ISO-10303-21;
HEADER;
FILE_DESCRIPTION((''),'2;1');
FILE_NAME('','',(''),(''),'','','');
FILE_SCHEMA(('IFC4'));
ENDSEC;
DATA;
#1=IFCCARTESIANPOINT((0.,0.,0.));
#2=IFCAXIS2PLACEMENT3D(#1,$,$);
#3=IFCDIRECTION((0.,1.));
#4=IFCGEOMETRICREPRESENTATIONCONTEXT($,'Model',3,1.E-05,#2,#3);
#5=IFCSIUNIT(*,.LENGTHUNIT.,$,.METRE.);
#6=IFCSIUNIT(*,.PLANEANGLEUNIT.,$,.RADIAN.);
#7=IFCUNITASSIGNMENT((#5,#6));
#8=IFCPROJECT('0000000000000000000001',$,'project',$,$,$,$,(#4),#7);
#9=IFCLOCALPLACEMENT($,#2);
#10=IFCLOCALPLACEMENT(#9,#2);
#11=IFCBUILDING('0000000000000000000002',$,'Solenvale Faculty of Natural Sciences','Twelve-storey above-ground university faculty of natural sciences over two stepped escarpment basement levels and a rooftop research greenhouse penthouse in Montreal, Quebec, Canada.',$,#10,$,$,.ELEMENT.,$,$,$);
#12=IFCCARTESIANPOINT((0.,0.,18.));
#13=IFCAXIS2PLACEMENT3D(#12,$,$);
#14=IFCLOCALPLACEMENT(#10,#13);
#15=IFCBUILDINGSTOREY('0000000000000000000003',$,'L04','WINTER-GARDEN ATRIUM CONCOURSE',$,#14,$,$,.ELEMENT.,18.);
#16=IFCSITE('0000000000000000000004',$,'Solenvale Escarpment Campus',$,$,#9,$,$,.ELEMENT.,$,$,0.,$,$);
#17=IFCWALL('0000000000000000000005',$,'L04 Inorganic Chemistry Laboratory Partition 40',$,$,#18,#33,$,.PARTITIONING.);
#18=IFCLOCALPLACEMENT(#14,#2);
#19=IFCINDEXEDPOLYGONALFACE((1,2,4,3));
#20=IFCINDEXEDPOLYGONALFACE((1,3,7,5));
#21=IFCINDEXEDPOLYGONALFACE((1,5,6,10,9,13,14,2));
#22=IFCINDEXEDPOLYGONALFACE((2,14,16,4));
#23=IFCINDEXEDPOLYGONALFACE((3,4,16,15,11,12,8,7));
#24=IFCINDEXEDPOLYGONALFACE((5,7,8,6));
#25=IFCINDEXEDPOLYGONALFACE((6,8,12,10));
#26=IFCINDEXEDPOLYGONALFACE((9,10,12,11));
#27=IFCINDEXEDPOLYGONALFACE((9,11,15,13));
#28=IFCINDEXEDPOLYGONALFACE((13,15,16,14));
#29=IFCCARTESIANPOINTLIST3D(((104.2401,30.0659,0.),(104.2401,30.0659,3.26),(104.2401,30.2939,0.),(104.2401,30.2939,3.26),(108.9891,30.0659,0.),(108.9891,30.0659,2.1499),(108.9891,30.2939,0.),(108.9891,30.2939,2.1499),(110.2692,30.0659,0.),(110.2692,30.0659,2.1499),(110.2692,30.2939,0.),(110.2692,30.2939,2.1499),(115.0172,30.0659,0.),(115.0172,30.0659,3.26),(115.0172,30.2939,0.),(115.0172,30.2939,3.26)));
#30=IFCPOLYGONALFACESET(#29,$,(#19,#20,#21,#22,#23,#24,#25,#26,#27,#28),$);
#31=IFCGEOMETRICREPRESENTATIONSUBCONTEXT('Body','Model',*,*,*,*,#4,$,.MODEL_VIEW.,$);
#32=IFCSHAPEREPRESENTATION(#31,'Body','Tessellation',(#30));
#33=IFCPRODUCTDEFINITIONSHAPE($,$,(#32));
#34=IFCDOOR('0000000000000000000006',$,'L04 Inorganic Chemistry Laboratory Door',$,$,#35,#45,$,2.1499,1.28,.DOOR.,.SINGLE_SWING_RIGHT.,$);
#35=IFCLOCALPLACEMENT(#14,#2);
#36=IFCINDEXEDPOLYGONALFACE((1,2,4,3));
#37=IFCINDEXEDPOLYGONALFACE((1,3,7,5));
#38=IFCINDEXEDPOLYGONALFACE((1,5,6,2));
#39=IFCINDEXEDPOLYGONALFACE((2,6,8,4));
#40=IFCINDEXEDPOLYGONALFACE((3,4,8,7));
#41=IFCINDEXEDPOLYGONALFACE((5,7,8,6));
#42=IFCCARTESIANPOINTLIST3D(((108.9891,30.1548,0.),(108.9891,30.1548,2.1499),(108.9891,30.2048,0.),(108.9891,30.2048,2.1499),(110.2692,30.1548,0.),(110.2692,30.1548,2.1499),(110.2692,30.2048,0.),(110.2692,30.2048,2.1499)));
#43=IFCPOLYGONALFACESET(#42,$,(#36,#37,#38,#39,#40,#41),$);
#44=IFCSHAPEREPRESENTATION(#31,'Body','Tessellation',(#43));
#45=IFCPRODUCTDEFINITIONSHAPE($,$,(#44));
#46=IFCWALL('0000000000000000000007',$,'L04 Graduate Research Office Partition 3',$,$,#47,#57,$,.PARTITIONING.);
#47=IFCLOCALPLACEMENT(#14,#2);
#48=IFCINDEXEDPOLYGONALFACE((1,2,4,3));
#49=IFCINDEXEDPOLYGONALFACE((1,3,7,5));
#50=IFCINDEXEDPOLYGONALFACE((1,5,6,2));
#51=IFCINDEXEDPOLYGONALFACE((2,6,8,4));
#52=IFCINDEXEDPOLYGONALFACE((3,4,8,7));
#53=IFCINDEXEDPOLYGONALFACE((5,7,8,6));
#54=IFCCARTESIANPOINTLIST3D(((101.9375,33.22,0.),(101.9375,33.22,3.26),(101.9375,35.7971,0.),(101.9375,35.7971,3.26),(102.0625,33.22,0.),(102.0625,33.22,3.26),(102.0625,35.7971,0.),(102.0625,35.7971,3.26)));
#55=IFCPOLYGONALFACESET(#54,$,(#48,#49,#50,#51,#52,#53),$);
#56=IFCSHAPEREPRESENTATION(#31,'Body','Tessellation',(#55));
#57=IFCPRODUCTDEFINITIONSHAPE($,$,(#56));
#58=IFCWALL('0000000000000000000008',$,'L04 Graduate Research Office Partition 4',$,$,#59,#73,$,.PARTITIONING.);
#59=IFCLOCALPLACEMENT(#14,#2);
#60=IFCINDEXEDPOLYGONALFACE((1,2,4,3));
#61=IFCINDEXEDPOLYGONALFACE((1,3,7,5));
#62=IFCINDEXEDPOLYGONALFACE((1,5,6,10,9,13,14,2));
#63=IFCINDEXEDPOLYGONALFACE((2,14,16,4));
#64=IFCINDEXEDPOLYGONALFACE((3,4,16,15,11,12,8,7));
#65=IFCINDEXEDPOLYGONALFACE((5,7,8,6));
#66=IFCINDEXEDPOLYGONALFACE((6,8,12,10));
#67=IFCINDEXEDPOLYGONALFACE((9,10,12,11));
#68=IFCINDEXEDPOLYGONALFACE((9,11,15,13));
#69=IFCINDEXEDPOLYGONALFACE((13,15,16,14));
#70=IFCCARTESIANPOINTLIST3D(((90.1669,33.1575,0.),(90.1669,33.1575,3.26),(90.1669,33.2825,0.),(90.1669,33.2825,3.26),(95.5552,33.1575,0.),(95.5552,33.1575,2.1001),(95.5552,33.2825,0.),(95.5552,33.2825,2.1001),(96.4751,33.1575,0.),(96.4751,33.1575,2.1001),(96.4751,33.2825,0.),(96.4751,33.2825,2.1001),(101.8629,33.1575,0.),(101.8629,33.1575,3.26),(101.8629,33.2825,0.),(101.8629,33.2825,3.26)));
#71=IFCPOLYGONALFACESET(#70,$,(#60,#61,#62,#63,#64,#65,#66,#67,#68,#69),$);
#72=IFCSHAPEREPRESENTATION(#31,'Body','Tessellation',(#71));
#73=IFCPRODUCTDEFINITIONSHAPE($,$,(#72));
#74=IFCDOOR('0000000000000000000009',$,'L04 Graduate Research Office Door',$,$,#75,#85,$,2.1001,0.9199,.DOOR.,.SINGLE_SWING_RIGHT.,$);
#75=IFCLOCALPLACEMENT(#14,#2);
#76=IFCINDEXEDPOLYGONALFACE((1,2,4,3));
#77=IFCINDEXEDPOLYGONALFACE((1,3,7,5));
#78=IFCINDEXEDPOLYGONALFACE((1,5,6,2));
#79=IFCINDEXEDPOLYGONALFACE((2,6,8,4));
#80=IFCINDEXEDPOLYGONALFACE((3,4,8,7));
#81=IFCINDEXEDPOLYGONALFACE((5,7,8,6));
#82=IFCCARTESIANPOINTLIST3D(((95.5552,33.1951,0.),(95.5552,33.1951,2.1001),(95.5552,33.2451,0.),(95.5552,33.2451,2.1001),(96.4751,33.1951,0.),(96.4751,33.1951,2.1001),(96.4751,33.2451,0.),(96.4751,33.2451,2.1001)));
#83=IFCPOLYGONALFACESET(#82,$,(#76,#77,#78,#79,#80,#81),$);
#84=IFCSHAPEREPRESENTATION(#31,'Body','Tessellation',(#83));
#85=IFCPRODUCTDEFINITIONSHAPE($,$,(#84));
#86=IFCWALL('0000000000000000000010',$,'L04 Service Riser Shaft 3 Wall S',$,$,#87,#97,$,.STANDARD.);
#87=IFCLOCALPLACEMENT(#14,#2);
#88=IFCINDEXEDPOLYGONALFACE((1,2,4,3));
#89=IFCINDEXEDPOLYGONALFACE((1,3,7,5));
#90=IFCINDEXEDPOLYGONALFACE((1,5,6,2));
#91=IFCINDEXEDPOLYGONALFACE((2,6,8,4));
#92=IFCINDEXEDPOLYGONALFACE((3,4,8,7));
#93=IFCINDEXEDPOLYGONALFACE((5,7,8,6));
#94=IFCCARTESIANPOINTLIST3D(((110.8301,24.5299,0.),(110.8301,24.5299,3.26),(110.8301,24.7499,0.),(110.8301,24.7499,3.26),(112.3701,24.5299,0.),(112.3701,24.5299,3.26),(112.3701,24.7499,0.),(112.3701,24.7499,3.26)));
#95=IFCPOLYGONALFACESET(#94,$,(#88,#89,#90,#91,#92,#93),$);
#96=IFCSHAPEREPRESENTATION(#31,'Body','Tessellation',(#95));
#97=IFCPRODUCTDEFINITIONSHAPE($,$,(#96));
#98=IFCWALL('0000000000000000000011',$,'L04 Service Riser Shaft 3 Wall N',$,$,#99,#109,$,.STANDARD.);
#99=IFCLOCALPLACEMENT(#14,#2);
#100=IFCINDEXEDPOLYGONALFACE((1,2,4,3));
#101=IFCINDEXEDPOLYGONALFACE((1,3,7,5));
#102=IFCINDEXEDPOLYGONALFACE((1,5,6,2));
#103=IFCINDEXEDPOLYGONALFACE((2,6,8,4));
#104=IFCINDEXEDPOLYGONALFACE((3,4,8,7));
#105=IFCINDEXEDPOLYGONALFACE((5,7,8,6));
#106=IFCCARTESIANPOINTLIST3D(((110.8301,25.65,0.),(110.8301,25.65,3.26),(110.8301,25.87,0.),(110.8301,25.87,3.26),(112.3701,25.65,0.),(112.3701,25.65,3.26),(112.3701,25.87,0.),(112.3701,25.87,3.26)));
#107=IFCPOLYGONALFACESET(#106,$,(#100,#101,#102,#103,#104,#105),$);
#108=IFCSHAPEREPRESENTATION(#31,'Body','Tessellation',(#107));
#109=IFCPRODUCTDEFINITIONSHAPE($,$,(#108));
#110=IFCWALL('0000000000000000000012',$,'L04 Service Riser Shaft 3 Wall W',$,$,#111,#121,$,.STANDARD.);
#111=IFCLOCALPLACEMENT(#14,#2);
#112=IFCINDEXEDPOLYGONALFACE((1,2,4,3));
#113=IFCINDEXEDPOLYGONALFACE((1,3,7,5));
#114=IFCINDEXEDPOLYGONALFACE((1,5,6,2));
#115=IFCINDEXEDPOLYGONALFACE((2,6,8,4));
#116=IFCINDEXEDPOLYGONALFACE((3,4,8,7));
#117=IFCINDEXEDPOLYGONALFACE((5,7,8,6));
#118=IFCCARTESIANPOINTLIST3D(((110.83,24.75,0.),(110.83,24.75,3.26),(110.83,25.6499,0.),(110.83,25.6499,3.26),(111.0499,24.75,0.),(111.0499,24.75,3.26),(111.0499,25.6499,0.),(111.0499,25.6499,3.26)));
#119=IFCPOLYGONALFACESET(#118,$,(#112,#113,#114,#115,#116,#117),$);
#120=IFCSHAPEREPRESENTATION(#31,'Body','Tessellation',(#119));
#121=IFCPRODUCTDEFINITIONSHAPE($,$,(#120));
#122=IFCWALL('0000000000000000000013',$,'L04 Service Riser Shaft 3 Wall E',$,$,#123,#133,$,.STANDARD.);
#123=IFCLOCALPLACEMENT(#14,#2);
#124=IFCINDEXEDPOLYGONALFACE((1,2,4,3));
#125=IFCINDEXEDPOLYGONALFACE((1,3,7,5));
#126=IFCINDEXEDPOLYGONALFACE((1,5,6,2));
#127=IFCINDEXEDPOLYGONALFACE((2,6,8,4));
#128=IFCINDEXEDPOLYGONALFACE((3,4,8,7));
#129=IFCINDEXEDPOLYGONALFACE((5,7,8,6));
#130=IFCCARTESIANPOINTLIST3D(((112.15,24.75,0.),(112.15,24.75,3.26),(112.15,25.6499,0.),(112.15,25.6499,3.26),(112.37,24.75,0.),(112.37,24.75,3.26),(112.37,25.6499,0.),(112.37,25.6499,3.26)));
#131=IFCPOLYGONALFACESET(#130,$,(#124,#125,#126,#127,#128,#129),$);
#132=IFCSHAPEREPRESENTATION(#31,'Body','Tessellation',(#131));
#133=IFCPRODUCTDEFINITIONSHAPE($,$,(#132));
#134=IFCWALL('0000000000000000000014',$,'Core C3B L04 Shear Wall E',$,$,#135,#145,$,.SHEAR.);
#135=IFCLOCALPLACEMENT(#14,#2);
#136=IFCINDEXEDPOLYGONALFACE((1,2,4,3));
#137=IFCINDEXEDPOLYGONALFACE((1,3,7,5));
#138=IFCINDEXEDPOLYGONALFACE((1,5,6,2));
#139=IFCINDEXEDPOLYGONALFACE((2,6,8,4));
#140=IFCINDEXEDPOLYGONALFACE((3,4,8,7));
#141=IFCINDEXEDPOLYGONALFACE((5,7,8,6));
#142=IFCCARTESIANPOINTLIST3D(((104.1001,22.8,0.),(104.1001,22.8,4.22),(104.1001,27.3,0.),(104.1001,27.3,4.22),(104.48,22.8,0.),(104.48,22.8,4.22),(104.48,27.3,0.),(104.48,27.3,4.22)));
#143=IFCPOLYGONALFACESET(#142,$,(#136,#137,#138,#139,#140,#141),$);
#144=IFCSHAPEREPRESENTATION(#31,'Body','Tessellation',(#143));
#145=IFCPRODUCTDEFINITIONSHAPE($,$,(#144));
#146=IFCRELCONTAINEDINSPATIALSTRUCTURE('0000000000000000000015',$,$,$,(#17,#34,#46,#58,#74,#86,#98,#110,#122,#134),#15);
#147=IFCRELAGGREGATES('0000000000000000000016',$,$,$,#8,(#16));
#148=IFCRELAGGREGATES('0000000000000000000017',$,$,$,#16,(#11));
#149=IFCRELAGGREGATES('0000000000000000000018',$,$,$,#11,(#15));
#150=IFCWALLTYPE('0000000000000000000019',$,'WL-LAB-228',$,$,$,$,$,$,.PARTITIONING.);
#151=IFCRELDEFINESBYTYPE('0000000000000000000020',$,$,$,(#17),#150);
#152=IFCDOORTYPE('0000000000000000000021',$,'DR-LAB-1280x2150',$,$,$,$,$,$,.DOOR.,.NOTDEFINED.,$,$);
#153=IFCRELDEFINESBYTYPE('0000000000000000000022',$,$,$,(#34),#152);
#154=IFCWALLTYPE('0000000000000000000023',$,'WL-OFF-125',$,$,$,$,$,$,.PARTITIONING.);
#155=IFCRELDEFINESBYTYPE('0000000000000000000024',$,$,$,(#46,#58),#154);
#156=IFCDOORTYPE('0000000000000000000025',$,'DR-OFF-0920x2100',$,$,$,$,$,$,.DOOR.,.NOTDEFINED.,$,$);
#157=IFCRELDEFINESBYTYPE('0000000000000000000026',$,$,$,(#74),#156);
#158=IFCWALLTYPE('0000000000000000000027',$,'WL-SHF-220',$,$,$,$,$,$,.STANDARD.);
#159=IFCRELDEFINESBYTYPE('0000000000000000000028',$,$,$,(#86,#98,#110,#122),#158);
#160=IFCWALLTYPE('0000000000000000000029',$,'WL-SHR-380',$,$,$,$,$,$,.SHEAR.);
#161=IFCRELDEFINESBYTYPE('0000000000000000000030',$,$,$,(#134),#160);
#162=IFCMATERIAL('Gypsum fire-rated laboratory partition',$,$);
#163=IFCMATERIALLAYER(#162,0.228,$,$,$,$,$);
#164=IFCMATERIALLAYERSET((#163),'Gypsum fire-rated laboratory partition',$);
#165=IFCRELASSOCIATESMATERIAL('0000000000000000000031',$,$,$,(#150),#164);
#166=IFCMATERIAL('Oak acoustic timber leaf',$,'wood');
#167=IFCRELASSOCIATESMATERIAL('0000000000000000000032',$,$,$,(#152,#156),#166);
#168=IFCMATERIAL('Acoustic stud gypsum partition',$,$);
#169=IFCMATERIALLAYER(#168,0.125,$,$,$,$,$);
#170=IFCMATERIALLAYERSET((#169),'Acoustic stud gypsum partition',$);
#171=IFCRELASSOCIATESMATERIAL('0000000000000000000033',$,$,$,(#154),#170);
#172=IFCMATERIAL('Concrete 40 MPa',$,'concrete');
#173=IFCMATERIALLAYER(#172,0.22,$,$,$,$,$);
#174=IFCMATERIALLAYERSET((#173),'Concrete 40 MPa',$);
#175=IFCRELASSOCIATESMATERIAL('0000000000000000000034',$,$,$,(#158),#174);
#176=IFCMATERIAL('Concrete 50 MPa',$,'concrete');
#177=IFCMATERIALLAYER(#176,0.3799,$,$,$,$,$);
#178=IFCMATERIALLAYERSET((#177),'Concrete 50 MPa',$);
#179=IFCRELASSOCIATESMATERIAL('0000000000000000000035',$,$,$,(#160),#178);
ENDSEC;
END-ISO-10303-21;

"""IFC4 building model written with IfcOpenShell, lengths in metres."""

from ifc_helpers import new_model, si_unit, direction, frame, frame_2d, origin, place, context, subcontext, project, spatial, rectangle, extrude, material, layer, layer_set, type_object, element, fill, save


model = new_model("IFC4")

# Units and contexts
model_context = context("Model", 3, precision=1e-05, world=origin(), true_north=direction((0.0, 1.0)))
body_context = subcontext(model_context, "Body", "Model", "MODEL_VIEW")
ifc_project = project(units=[si_unit("LENGTHUNIT", "METRE"), si_unit("PLANEANGLEUNIT", "RADIAN")], contexts=[model_context])

# Site, building, storey
site_placement = place(None, origin())
site = spatial("IfcSite", under=ifc_project, at=site_placement, Name="Solenvale Escarpment Campus", CompositionType="ELEMENT", RefElevation=0.0)
building_placement = place(site_placement, origin())
building = spatial("IfcBuilding", under=site, at=building_placement, Name="Solenvale Faculty of Natural Sciences", Description="Twelve-storey above-ground university faculty of natural sciences over two stepped escarpment basement levels and a rooftop research greenhouse penthouse in Montreal, Quebec, Canada.", CompositionType="ELEMENT")
storey_placement = place(building_placement, frame((0.0, 0.0, 18.0)))
storey = spatial("IfcBuildingStorey", under=building, at=storey_placement, Name="L04", Description="WINTER-GARDEN ATRIUM CONCOURSE", CompositionType="ELEMENT", Elevation=18.0)

# Shared definitions
ifc_material_1 = material(Name="Concrete 50 MPa", Category="concrete")

# Shared definitions
ifc_material_2 = material(Name="Concrete 40 MPa", Category="concrete")

# Shared definitions
ifc_material_3 = material(Name="Gypsum fire-rated laboratory partition")
ifc_layer_1 = layer(ifc_material_3, 0.228)
ifc_layer_set_1 = layer_set([ifc_layer_1], Name="Gypsum fire-rated laboratory partition")
wall_type_1 = type_object("IfcWallType", Name="WL-LAB-228", PredefinedType="PARTITIONING", material=ifc_layer_set_1)

# Wall, opening, door
wall_1_placement = place(storey_placement, frame((104.24, 30.1799, 0.0), z_axis=(0.0, 0.0, 1.0), x_axis=(1.0, 0.0, 0.0)))
wall_1 = element("IfcWall", 1, at=wall_1_placement, inside=storey, type_object=wall_type_1, Name="L04 Inorganic Chemistry Laboratory Partition 40", PredefinedType="PARTITIONING", context=body_context, shape_type="SweptSolid", body=[
    extrude(rectangle(XDim=10.7771, YDim=0.228, at=frame_2d((5.3887, 0.0))), origin(), (0.0, 0.0, 1.0), 3.26),
])
opening_1_placement = place(wall_1_placement, frame((4.749, 0.0, 0.0)))
opening_1 = element("IfcOpeningElement", 2, at=opening_1_placement, cuts=wall_1, PredefinedType="OPENING", context=body_context, shape_type="SweptSolid", body=[
    extrude(rectangle(XDim=1.28, YDim=2.1499, at=frame_2d((0.6401, 1.075))), frame((0.0, 0.124, 0.0), z_axis=(0.0, -1.0, 0.0), x_axis=(1.0, 0.0, 0.0)), (0.0, 0.0, 1.0), 0.248),
])
ifc_material_4 = material(Name="Oak acoustic timber leaf", Category="wood")
door_type_1 = type_object("IfcDoorType", Name="DR-LAB-1280x2150", OperationType="NOTDEFINED", PredefinedType="DOOR", material=ifc_material_4)
door_1_placement = place(opening_1_placement, origin())
door_1 = element("IfcDoor", 3, at=door_1_placement, inside=storey, type_object=door_type_1, Name="L04 Inorganic Chemistry Laboratory Door", OperationType="SINGLE_SWING_RIGHT", OverallHeight=2.1499, OverallWidth=1.28, PredefinedType="DOOR", context=body_context, shape_type="SweptSolid", body=[
    extrude(rectangle(XDim=1.28, YDim=2.1499, at=frame_2d((0.6401, 1.075))), frame((0.0, 0.0249, 0.0), z_axis=(0.0, -1.0, 0.0), x_axis=(1.0, 0.0, 0.0)), (0.0, 0.0, 1.0), 0.05),
])
fill(opening_1, door_1)

# Wall
ifc_material_5 = material(Name="Acoustic stud gypsum partition")
ifc_layer_2 = layer(ifc_material_5, 0.125)
ifc_layer_set_2 = layer_set([ifc_layer_2], Name="Acoustic stud gypsum partition")
wall_type_2 = type_object("IfcWallType", Name="WL-OFF-125", PredefinedType="PARTITIONING", material=ifc_layer_set_2)
wall_2_placement = place(storey_placement, frame((102.0, 35.7971, 0.0), z_axis=(0.0, 0.0, 1.0), x_axis=(0.0, -1.0, 0.0)))
element("IfcWall", 4, at=wall_2_placement, inside=storey, type_object=wall_type_2, Name="L04 Graduate Research Office Partition 3", PredefinedType="PARTITIONING", context=body_context, shape_type="SweptSolid", body=[
    extrude(rectangle(XDim=2.5771, YDim=0.125, at=frame_2d((1.2886, 0.0))), origin(), (0.0, 0.0, 1.0), 3.26),
])

# Wall, opening, door
wall_3_placement = place(storey_placement, frame((101.863, 33.22, 0.0), z_axis=(0.0, 0.0, 1.0), x_axis=(-1.0, 0.0, 0.0)))
wall_3 = element("IfcWall", 5, at=wall_3_placement, inside=storey, type_object=wall_type_2, Name="L04 Graduate Research Office Partition 4", PredefinedType="PARTITIONING", context=body_context, shape_type="SweptSolid", body=[
    extrude(rectangle(XDim=11.696, YDim=0.125, at=frame_2d((5.8481, 0.0))), origin(), (0.0, 0.0, 1.0), 3.26),
])
opening_2_placement = place(wall_3_placement, frame((5.3879, 0.0, 0.0)))
opening_2 = element("IfcOpeningElement", 6, at=opening_2_placement, cuts=wall_3, PredefinedType="OPENING", context=body_context, shape_type="SweptSolid", body=[
    extrude(rectangle(XDim=0.9199, YDim=2.1001, at=frame_2d((0.46, 1.05))), frame((0.0, 0.0725, 0.0), z_axis=(0.0, -1.0, 0.0), x_axis=(1.0, 0.0, 0.0)), (0.0, 0.0, 1.0), 0.145),
])
door_type_2 = type_object("IfcDoorType", Name="DR-OFF-0920x2100", OperationType="NOTDEFINED", PredefinedType="DOOR", material=ifc_material_4)
door_2_placement = place(opening_2_placement, origin())
door_2 = element("IfcDoor", 7, at=door_2_placement, inside=storey, type_object=door_type_2, Name="L04 Graduate Research Office Door", OperationType="SINGLE_SWING_RIGHT", OverallHeight=2.1001, OverallWidth=0.9199, PredefinedType="DOOR", context=body_context, shape_type="SweptSolid", body=[
    extrude(rectangle(XDim=0.9199, YDim=2.1001, at=frame_2d((0.46, 1.05))), frame((0.0, 0.0249, 0.0), z_axis=(0.0, -1.0, 0.0), x_axis=(1.0, 0.0, 0.0)), (0.0, 0.0, 1.0), 0.05),
])
fill(opening_2, door_2)

# Walls
ifc_layer_3 = layer(ifc_material_2, 0.22)
ifc_layer_set_3 = layer_set([ifc_layer_3], Name="Concrete 40 MPa")
wall_type_3 = type_object("IfcWallType", Name="WL-SHF-220", PredefinedType="STANDARD", material=ifc_layer_set_3)
for number, where, z_axis, x_axis, name in (
    (8, (110.8301, 24.6399, 0.0), (0.0, 0.0, 1.0), (1.0, 0.0, 0.0), "L04 Service Riser Shaft 3 Wall S"),
    (9, (110.8301, 25.76, 0.0), (0.0, 0.0, 1.0), (1.0, 0.0, 0.0), "L04 Service Riser Shaft 3 Wall N"),
):
    element("IfcWall", number, at=place(storey_placement, frame(where, z_axis=z_axis, x_axis=x_axis)), inside=storey, type_object=wall_type_3, Name=name, PredefinedType="STANDARD", context=body_context, shape_type="SweptSolid", body=[
        extrude(rectangle(XDim=1.54, YDim=0.22, at=frame_2d((0.77, 0.0))), origin(), (0.0, 0.0, 1.0), 3.26),
    ])
for number, where, z_axis, x_axis, name in (
    (10, (110.9399, 24.75, 0.0), (0.0, 0.0, 1.0), (0.0, 1.0, 0.0), "L04 Service Riser Shaft 3 Wall W"),
    (11, (112.26, 24.75, 0.0), (0.0, 0.0, 1.0), (0.0, 1.0, 0.0), "L04 Service Riser Shaft 3 Wall E"),
):
    element("IfcWall", number, at=place(storey_placement, frame(where, z_axis=z_axis, x_axis=x_axis)), inside=storey, type_object=wall_type_3, Name=name, PredefinedType="STANDARD", context=body_context, shape_type="SweptSolid", body=[
        extrude(rectangle(XDim=0.8999, YDim=0.22, at=frame_2d((0.45, 0.0))), origin(), (0.0, 0.0, 1.0), 3.26),
    ])
ifc_layer_4 = layer(ifc_material_1, 0.3799)
ifc_layer_set_4 = layer_set([ifc_layer_4], Name="Concrete 50 MPa")
wall_type_4 = type_object("IfcWallType", Name="WL-SHR-380", PredefinedType="SHEAR", material=ifc_layer_set_4)
wall_4_placement = place(storey_placement, frame((104.29, 22.8, 0.0), z_axis=(0.0, 0.0, 1.0), x_axis=(0.0, 1.0, 0.0)))
element("IfcWall", 12, at=wall_4_placement, inside=storey, type_object=wall_type_4, Name="Core C3B L04 Shear Wall E", PredefinedType="SHEAR", context=body_context, shape_type="SweptSolid", body=[
    extrude(rectangle(XDim=4.5, YDim=0.3799, at=frame_2d((2.25, 0.0))), origin(), (0.0, 0.0, 1.0), 4.22),
])

save(model, "model.ifc")
